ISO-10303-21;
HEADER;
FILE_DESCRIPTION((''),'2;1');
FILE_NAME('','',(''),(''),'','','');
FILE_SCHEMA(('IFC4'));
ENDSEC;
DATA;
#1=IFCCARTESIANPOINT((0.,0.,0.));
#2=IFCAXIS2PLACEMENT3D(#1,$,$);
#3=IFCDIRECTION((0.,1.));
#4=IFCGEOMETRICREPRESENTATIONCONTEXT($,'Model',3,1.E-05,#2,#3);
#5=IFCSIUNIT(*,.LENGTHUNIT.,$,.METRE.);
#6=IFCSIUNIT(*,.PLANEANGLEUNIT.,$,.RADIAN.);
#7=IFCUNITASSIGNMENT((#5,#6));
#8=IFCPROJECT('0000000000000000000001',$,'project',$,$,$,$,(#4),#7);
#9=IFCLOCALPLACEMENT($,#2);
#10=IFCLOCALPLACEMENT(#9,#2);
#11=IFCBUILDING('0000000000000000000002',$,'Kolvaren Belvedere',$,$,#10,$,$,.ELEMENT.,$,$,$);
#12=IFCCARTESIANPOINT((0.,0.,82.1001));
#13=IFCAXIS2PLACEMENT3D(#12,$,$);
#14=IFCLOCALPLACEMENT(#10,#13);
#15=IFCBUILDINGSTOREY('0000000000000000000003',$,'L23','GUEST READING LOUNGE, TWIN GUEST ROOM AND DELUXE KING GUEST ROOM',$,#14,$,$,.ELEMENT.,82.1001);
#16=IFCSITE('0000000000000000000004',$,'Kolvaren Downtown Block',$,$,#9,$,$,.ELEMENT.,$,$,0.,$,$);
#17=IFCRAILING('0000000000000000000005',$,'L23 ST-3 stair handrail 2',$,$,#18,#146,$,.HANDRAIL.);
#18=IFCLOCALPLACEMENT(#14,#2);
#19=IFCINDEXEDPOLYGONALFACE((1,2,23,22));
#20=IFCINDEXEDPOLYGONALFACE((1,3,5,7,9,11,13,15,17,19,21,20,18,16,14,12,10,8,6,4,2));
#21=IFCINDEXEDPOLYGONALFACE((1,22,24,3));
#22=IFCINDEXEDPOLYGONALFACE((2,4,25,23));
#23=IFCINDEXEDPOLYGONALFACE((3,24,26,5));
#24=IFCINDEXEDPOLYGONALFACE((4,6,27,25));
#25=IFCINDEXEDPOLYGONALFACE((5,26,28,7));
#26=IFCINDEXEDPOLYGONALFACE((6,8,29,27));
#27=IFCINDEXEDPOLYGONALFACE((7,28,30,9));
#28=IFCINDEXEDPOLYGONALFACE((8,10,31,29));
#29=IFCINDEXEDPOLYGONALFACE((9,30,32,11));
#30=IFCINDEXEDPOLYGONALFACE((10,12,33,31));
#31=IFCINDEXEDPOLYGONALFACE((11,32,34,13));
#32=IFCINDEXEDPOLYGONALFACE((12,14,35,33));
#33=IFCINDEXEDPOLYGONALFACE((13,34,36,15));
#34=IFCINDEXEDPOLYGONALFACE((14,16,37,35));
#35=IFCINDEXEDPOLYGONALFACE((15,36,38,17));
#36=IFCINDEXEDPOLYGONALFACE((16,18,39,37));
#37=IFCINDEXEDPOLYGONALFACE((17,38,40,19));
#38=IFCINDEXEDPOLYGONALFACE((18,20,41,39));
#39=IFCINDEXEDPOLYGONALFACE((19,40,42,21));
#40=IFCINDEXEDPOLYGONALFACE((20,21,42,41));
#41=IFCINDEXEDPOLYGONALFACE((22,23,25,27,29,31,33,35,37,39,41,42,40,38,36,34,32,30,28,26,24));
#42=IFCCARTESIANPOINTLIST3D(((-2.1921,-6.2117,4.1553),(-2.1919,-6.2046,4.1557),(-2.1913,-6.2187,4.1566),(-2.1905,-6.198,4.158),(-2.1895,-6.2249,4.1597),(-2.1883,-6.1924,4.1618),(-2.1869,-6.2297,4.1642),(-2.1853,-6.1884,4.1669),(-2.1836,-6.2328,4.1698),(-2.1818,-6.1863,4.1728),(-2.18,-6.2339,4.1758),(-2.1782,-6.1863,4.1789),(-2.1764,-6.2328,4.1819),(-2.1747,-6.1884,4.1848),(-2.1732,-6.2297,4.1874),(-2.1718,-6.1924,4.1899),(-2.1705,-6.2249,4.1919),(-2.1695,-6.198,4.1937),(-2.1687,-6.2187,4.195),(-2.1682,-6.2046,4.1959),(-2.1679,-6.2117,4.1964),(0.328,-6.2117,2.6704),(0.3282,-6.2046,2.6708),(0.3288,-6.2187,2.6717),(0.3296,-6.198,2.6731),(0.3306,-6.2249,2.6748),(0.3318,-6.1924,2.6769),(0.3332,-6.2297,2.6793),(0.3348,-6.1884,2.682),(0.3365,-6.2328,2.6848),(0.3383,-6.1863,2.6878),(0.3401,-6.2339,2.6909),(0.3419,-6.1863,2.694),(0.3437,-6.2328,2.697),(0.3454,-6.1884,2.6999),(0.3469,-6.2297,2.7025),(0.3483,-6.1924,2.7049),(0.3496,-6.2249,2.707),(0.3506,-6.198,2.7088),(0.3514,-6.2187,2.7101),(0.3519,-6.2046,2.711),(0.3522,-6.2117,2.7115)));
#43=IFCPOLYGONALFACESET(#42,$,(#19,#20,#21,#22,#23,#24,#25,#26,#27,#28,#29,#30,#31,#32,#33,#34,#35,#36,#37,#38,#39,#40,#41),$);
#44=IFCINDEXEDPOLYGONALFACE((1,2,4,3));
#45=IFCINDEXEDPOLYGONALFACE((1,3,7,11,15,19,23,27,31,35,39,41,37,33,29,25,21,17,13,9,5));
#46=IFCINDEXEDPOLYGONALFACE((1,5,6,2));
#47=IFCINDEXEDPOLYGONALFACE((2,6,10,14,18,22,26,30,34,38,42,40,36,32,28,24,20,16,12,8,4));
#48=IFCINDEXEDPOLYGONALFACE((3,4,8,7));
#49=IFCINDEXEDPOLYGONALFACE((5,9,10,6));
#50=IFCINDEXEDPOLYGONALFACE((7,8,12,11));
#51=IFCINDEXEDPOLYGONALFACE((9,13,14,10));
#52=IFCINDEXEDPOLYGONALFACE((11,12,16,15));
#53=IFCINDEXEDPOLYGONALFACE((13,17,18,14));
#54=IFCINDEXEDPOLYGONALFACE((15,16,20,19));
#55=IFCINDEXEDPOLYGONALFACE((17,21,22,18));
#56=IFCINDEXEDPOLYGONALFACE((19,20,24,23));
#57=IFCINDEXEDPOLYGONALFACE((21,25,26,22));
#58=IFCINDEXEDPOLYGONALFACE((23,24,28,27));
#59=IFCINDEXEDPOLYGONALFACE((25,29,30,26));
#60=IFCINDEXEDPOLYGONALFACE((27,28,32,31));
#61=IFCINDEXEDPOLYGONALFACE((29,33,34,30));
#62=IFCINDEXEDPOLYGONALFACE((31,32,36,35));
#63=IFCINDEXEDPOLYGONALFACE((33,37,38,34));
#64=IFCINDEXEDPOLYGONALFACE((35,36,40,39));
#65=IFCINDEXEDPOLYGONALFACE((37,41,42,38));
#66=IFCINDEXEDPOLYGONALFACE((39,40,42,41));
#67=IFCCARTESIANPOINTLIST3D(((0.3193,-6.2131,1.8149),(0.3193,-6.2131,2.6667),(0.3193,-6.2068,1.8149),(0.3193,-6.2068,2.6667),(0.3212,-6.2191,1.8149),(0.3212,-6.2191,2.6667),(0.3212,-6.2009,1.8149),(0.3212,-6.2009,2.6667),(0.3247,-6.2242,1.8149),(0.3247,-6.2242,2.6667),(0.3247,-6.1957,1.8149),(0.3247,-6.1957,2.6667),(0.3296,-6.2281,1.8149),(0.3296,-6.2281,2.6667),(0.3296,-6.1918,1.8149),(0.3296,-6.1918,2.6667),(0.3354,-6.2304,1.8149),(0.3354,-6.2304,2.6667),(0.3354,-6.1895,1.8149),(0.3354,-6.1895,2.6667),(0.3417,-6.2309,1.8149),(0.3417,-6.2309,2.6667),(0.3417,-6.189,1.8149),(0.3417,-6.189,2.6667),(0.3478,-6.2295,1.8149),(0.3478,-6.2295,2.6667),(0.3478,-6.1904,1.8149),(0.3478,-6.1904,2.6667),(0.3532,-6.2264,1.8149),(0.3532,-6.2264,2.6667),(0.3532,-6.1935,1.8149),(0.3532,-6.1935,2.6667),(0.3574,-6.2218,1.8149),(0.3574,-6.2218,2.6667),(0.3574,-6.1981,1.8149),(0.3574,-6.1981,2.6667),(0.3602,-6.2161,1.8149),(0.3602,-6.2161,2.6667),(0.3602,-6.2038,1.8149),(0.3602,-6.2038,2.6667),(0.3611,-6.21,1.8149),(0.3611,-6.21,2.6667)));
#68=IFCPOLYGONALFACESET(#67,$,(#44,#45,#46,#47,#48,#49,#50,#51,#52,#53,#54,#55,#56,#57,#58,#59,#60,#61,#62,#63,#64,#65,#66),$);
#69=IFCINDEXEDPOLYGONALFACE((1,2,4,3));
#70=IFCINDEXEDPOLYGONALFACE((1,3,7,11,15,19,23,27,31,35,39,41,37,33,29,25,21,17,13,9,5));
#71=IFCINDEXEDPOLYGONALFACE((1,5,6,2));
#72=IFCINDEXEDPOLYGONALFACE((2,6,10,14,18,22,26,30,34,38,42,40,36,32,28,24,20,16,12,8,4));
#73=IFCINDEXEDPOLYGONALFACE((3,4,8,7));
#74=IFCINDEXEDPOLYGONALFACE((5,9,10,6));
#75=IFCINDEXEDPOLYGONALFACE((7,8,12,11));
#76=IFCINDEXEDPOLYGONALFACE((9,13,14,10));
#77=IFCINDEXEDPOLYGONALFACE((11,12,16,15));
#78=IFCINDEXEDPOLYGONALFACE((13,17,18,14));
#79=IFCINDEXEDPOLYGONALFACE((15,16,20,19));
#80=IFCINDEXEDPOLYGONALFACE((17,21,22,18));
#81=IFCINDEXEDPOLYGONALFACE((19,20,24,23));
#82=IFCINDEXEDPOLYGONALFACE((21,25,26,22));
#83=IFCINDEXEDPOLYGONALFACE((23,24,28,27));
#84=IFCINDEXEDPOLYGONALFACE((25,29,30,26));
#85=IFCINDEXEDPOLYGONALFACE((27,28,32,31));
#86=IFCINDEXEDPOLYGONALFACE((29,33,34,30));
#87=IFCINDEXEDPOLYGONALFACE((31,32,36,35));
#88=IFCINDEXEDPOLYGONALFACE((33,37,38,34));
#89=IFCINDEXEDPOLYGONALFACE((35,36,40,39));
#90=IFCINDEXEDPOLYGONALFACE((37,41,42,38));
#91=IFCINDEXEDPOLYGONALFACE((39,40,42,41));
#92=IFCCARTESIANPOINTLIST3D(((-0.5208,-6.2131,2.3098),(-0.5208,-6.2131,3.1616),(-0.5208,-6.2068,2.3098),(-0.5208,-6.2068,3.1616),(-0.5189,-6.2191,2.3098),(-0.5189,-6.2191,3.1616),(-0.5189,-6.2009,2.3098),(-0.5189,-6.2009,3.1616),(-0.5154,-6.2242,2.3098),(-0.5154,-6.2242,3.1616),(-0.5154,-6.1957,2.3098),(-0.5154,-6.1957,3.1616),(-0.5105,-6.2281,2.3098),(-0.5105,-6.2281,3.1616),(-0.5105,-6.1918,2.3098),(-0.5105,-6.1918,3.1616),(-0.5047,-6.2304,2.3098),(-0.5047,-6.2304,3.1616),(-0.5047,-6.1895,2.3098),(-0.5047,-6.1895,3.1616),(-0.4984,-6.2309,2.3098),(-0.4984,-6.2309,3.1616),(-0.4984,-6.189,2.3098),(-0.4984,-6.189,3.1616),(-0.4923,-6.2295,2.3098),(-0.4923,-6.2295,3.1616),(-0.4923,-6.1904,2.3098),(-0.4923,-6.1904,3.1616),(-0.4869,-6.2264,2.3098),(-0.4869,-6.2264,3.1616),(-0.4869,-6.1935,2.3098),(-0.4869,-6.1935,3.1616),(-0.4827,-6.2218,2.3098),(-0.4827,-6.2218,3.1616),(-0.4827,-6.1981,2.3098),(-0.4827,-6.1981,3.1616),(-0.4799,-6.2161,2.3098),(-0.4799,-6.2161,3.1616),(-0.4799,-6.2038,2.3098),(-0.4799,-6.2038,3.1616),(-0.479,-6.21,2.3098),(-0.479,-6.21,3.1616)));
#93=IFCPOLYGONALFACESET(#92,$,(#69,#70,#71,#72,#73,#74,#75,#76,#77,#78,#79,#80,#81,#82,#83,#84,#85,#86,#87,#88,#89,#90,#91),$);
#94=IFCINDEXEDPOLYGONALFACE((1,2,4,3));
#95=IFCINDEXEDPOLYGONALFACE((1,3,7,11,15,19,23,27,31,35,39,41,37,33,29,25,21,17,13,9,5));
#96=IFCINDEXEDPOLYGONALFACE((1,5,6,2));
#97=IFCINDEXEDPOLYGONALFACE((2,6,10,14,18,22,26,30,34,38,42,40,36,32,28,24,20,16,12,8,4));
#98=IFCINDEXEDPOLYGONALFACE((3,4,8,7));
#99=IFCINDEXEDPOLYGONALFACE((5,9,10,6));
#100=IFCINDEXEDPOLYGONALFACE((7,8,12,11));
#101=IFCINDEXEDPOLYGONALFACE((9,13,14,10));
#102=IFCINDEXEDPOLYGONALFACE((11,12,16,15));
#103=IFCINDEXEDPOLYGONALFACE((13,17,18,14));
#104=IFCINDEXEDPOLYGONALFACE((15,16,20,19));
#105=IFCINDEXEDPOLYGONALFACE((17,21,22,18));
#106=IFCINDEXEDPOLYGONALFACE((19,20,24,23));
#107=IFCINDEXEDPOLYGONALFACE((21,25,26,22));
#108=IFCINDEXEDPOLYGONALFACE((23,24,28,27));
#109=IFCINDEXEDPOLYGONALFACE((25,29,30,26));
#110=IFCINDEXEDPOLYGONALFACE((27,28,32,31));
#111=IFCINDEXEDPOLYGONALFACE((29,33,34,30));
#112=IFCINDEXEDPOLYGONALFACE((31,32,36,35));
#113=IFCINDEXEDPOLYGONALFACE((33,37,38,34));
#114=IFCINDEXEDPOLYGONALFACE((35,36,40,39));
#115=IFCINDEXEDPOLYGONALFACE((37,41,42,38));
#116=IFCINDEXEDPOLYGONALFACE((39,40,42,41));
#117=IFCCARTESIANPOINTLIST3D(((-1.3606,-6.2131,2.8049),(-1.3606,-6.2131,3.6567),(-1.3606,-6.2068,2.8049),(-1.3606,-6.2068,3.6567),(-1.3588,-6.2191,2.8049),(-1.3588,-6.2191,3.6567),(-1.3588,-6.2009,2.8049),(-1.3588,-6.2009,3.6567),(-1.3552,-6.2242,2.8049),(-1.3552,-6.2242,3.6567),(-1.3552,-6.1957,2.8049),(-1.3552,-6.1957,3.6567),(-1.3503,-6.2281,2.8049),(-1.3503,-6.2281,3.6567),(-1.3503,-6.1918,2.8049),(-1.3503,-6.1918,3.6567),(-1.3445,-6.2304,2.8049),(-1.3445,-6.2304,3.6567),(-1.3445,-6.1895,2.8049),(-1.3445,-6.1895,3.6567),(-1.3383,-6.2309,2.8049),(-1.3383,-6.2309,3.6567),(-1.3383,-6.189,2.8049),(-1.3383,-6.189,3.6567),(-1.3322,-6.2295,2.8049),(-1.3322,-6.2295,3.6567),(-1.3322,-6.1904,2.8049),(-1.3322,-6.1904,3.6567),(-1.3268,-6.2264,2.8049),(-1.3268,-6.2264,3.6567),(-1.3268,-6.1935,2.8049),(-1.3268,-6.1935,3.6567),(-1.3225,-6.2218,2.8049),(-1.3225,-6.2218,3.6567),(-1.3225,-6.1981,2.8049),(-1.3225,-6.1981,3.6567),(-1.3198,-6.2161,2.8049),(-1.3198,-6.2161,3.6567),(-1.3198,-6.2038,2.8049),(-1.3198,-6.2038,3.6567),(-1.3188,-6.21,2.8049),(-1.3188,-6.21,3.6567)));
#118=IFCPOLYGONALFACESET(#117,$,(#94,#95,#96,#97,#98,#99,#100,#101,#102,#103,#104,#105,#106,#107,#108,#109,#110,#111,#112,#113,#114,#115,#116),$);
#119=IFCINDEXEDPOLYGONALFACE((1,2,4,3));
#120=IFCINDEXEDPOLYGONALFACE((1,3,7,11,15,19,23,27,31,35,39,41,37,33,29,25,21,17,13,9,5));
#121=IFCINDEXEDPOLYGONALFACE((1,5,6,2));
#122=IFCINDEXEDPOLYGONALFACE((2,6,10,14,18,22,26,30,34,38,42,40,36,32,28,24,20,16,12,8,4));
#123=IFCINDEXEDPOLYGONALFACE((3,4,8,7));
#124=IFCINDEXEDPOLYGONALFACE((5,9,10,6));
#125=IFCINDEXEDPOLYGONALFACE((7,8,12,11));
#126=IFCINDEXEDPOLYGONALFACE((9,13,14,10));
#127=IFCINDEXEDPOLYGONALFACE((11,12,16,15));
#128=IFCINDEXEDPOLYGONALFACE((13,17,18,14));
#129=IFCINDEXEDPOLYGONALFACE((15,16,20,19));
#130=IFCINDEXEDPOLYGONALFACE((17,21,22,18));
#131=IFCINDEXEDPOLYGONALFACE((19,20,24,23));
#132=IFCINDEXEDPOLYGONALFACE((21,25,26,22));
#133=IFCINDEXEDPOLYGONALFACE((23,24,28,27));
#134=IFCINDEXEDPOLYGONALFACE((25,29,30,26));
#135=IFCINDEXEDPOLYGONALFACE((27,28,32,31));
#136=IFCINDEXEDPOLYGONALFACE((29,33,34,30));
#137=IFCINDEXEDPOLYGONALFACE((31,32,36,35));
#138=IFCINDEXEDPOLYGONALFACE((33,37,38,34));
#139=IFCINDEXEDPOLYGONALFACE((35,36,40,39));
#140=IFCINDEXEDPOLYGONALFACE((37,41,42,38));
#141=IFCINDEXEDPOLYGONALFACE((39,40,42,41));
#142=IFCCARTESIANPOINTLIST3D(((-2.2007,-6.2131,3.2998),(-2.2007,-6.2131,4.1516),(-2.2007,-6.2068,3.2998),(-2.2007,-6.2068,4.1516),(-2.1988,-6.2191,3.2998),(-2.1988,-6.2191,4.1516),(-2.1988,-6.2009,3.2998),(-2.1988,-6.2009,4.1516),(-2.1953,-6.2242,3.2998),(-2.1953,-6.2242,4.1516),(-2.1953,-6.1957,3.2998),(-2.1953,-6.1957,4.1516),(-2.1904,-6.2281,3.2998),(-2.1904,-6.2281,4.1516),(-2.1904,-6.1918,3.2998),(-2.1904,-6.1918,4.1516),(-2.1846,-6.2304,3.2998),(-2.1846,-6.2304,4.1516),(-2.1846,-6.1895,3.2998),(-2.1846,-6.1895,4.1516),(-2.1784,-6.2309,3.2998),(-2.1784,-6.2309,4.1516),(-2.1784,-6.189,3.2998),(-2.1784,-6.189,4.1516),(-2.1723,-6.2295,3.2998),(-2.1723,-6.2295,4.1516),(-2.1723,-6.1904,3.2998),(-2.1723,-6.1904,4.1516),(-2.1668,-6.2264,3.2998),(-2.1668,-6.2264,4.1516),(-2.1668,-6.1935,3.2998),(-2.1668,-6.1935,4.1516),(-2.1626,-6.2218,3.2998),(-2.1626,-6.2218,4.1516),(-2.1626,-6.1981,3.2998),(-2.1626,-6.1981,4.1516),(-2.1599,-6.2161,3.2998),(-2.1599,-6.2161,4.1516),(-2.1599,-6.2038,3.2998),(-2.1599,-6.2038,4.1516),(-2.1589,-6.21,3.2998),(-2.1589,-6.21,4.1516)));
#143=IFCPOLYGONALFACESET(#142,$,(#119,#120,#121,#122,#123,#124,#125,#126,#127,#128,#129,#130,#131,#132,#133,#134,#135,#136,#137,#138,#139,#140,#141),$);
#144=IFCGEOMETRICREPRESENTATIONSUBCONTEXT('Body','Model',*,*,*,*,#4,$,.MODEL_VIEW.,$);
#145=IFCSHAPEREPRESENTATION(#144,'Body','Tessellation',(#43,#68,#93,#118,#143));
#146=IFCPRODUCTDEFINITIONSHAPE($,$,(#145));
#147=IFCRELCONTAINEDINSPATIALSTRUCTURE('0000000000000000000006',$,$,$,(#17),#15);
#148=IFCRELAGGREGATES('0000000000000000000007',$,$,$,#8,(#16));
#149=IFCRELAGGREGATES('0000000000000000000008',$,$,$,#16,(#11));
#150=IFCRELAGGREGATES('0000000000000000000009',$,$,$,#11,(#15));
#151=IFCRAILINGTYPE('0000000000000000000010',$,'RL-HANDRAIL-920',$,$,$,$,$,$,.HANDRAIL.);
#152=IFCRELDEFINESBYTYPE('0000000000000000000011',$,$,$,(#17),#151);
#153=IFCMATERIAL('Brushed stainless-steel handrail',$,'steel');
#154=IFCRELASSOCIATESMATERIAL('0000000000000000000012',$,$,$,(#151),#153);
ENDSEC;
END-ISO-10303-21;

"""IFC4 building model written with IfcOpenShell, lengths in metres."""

from ifc_helpers import new_model, si_unit, direction, frame, origin, origin_2d, place, context, subcontext, project, spatial, circle, extrude, material, type_object, element, save


model = new_model("IFC4")

# Units and contexts
model_context = context("Model", 3, precision=1e-05, world=origin(), true_north=direction((0.0, 1.0)))
body_context = subcontext(model_context, "Body", "Model", "MODEL_VIEW")
ifc_project = project(units=[si_unit("LENGTHUNIT", "METRE"), si_unit("PLANEANGLEUNIT", "RADIAN")], contexts=[model_context])

# Site, building, storey
site_placement = place(None, origin())
site = spatial("IfcSite", under=ifc_project, at=site_placement, Name="Kolvaren Downtown Block", CompositionType="ELEMENT", RefElevation=0.0)
building_placement = place(site_placement, origin())
building = spatial("IfcBuilding", under=site, at=building_placement, Name="Kolvaren Belvedere", CompositionType="ELEMENT")
storey_placement = place(building_placement, frame((0.0, 0.0, 82.1001)))
storey = spatial("IfcBuildingStorey", under=building, at=storey_placement, Name="L23", Description="GUEST READING LOUNGE, TWIN GUEST ROOM AND DELUXE KING GUEST ROOM", CompositionType="ELEMENT", Elevation=82.1001)

# Railing
ifc_material_1 = material(Name="Brushed stainless-steel handrail", Category="steel")
railing_type_1 = type_object("IfcRailingType", Name="RL-HANDRAIL-920", PredefinedType="HANDRAIL", material=ifc_material_1)
railing_1_placement = place(storey_placement, frame((0.3401, -6.21, 1.8149)))
element("IfcRailing", 1, at=railing_1_placement, inside=storey, type_object=railing_type_1, Name="L23 ST-3 stair handrail 2", PredefinedType="HANDRAIL", context=body_context, shape_type="SweptSolid", body=[
    extrude(circle(Radius=0.0239, at=origin_2d()), frame((0.0, 0.0, 0.876), z_axis=(-0.861561, 0.0, 0.507655), x_axis=(0.0, -1.0, 0.0)), (0.0, 0.0, 1.0), 2.925),
    extrude(circle(Radius=0.021, at=origin_2d()), origin(), (0.0, 0.0, 1.0), 0.8518),
    extrude(circle(Radius=0.021, at=origin_2d()), frame((-0.8401, 0.0, 0.4949)), (0.0, 0.0, 1.0), 0.8518),
    extrude(circle(Radius=0.021, at=origin_2d()), frame((-1.6799, 0.0, 0.99)), (0.0, 0.0, 1.0), 0.8518),
    extrude(circle(Radius=0.021, at=origin_2d()), frame((-2.52, 0.0, 1.4849)), (0.0, 0.0, 1.0), 0.8518),
])

save(model, "model.ifc")
